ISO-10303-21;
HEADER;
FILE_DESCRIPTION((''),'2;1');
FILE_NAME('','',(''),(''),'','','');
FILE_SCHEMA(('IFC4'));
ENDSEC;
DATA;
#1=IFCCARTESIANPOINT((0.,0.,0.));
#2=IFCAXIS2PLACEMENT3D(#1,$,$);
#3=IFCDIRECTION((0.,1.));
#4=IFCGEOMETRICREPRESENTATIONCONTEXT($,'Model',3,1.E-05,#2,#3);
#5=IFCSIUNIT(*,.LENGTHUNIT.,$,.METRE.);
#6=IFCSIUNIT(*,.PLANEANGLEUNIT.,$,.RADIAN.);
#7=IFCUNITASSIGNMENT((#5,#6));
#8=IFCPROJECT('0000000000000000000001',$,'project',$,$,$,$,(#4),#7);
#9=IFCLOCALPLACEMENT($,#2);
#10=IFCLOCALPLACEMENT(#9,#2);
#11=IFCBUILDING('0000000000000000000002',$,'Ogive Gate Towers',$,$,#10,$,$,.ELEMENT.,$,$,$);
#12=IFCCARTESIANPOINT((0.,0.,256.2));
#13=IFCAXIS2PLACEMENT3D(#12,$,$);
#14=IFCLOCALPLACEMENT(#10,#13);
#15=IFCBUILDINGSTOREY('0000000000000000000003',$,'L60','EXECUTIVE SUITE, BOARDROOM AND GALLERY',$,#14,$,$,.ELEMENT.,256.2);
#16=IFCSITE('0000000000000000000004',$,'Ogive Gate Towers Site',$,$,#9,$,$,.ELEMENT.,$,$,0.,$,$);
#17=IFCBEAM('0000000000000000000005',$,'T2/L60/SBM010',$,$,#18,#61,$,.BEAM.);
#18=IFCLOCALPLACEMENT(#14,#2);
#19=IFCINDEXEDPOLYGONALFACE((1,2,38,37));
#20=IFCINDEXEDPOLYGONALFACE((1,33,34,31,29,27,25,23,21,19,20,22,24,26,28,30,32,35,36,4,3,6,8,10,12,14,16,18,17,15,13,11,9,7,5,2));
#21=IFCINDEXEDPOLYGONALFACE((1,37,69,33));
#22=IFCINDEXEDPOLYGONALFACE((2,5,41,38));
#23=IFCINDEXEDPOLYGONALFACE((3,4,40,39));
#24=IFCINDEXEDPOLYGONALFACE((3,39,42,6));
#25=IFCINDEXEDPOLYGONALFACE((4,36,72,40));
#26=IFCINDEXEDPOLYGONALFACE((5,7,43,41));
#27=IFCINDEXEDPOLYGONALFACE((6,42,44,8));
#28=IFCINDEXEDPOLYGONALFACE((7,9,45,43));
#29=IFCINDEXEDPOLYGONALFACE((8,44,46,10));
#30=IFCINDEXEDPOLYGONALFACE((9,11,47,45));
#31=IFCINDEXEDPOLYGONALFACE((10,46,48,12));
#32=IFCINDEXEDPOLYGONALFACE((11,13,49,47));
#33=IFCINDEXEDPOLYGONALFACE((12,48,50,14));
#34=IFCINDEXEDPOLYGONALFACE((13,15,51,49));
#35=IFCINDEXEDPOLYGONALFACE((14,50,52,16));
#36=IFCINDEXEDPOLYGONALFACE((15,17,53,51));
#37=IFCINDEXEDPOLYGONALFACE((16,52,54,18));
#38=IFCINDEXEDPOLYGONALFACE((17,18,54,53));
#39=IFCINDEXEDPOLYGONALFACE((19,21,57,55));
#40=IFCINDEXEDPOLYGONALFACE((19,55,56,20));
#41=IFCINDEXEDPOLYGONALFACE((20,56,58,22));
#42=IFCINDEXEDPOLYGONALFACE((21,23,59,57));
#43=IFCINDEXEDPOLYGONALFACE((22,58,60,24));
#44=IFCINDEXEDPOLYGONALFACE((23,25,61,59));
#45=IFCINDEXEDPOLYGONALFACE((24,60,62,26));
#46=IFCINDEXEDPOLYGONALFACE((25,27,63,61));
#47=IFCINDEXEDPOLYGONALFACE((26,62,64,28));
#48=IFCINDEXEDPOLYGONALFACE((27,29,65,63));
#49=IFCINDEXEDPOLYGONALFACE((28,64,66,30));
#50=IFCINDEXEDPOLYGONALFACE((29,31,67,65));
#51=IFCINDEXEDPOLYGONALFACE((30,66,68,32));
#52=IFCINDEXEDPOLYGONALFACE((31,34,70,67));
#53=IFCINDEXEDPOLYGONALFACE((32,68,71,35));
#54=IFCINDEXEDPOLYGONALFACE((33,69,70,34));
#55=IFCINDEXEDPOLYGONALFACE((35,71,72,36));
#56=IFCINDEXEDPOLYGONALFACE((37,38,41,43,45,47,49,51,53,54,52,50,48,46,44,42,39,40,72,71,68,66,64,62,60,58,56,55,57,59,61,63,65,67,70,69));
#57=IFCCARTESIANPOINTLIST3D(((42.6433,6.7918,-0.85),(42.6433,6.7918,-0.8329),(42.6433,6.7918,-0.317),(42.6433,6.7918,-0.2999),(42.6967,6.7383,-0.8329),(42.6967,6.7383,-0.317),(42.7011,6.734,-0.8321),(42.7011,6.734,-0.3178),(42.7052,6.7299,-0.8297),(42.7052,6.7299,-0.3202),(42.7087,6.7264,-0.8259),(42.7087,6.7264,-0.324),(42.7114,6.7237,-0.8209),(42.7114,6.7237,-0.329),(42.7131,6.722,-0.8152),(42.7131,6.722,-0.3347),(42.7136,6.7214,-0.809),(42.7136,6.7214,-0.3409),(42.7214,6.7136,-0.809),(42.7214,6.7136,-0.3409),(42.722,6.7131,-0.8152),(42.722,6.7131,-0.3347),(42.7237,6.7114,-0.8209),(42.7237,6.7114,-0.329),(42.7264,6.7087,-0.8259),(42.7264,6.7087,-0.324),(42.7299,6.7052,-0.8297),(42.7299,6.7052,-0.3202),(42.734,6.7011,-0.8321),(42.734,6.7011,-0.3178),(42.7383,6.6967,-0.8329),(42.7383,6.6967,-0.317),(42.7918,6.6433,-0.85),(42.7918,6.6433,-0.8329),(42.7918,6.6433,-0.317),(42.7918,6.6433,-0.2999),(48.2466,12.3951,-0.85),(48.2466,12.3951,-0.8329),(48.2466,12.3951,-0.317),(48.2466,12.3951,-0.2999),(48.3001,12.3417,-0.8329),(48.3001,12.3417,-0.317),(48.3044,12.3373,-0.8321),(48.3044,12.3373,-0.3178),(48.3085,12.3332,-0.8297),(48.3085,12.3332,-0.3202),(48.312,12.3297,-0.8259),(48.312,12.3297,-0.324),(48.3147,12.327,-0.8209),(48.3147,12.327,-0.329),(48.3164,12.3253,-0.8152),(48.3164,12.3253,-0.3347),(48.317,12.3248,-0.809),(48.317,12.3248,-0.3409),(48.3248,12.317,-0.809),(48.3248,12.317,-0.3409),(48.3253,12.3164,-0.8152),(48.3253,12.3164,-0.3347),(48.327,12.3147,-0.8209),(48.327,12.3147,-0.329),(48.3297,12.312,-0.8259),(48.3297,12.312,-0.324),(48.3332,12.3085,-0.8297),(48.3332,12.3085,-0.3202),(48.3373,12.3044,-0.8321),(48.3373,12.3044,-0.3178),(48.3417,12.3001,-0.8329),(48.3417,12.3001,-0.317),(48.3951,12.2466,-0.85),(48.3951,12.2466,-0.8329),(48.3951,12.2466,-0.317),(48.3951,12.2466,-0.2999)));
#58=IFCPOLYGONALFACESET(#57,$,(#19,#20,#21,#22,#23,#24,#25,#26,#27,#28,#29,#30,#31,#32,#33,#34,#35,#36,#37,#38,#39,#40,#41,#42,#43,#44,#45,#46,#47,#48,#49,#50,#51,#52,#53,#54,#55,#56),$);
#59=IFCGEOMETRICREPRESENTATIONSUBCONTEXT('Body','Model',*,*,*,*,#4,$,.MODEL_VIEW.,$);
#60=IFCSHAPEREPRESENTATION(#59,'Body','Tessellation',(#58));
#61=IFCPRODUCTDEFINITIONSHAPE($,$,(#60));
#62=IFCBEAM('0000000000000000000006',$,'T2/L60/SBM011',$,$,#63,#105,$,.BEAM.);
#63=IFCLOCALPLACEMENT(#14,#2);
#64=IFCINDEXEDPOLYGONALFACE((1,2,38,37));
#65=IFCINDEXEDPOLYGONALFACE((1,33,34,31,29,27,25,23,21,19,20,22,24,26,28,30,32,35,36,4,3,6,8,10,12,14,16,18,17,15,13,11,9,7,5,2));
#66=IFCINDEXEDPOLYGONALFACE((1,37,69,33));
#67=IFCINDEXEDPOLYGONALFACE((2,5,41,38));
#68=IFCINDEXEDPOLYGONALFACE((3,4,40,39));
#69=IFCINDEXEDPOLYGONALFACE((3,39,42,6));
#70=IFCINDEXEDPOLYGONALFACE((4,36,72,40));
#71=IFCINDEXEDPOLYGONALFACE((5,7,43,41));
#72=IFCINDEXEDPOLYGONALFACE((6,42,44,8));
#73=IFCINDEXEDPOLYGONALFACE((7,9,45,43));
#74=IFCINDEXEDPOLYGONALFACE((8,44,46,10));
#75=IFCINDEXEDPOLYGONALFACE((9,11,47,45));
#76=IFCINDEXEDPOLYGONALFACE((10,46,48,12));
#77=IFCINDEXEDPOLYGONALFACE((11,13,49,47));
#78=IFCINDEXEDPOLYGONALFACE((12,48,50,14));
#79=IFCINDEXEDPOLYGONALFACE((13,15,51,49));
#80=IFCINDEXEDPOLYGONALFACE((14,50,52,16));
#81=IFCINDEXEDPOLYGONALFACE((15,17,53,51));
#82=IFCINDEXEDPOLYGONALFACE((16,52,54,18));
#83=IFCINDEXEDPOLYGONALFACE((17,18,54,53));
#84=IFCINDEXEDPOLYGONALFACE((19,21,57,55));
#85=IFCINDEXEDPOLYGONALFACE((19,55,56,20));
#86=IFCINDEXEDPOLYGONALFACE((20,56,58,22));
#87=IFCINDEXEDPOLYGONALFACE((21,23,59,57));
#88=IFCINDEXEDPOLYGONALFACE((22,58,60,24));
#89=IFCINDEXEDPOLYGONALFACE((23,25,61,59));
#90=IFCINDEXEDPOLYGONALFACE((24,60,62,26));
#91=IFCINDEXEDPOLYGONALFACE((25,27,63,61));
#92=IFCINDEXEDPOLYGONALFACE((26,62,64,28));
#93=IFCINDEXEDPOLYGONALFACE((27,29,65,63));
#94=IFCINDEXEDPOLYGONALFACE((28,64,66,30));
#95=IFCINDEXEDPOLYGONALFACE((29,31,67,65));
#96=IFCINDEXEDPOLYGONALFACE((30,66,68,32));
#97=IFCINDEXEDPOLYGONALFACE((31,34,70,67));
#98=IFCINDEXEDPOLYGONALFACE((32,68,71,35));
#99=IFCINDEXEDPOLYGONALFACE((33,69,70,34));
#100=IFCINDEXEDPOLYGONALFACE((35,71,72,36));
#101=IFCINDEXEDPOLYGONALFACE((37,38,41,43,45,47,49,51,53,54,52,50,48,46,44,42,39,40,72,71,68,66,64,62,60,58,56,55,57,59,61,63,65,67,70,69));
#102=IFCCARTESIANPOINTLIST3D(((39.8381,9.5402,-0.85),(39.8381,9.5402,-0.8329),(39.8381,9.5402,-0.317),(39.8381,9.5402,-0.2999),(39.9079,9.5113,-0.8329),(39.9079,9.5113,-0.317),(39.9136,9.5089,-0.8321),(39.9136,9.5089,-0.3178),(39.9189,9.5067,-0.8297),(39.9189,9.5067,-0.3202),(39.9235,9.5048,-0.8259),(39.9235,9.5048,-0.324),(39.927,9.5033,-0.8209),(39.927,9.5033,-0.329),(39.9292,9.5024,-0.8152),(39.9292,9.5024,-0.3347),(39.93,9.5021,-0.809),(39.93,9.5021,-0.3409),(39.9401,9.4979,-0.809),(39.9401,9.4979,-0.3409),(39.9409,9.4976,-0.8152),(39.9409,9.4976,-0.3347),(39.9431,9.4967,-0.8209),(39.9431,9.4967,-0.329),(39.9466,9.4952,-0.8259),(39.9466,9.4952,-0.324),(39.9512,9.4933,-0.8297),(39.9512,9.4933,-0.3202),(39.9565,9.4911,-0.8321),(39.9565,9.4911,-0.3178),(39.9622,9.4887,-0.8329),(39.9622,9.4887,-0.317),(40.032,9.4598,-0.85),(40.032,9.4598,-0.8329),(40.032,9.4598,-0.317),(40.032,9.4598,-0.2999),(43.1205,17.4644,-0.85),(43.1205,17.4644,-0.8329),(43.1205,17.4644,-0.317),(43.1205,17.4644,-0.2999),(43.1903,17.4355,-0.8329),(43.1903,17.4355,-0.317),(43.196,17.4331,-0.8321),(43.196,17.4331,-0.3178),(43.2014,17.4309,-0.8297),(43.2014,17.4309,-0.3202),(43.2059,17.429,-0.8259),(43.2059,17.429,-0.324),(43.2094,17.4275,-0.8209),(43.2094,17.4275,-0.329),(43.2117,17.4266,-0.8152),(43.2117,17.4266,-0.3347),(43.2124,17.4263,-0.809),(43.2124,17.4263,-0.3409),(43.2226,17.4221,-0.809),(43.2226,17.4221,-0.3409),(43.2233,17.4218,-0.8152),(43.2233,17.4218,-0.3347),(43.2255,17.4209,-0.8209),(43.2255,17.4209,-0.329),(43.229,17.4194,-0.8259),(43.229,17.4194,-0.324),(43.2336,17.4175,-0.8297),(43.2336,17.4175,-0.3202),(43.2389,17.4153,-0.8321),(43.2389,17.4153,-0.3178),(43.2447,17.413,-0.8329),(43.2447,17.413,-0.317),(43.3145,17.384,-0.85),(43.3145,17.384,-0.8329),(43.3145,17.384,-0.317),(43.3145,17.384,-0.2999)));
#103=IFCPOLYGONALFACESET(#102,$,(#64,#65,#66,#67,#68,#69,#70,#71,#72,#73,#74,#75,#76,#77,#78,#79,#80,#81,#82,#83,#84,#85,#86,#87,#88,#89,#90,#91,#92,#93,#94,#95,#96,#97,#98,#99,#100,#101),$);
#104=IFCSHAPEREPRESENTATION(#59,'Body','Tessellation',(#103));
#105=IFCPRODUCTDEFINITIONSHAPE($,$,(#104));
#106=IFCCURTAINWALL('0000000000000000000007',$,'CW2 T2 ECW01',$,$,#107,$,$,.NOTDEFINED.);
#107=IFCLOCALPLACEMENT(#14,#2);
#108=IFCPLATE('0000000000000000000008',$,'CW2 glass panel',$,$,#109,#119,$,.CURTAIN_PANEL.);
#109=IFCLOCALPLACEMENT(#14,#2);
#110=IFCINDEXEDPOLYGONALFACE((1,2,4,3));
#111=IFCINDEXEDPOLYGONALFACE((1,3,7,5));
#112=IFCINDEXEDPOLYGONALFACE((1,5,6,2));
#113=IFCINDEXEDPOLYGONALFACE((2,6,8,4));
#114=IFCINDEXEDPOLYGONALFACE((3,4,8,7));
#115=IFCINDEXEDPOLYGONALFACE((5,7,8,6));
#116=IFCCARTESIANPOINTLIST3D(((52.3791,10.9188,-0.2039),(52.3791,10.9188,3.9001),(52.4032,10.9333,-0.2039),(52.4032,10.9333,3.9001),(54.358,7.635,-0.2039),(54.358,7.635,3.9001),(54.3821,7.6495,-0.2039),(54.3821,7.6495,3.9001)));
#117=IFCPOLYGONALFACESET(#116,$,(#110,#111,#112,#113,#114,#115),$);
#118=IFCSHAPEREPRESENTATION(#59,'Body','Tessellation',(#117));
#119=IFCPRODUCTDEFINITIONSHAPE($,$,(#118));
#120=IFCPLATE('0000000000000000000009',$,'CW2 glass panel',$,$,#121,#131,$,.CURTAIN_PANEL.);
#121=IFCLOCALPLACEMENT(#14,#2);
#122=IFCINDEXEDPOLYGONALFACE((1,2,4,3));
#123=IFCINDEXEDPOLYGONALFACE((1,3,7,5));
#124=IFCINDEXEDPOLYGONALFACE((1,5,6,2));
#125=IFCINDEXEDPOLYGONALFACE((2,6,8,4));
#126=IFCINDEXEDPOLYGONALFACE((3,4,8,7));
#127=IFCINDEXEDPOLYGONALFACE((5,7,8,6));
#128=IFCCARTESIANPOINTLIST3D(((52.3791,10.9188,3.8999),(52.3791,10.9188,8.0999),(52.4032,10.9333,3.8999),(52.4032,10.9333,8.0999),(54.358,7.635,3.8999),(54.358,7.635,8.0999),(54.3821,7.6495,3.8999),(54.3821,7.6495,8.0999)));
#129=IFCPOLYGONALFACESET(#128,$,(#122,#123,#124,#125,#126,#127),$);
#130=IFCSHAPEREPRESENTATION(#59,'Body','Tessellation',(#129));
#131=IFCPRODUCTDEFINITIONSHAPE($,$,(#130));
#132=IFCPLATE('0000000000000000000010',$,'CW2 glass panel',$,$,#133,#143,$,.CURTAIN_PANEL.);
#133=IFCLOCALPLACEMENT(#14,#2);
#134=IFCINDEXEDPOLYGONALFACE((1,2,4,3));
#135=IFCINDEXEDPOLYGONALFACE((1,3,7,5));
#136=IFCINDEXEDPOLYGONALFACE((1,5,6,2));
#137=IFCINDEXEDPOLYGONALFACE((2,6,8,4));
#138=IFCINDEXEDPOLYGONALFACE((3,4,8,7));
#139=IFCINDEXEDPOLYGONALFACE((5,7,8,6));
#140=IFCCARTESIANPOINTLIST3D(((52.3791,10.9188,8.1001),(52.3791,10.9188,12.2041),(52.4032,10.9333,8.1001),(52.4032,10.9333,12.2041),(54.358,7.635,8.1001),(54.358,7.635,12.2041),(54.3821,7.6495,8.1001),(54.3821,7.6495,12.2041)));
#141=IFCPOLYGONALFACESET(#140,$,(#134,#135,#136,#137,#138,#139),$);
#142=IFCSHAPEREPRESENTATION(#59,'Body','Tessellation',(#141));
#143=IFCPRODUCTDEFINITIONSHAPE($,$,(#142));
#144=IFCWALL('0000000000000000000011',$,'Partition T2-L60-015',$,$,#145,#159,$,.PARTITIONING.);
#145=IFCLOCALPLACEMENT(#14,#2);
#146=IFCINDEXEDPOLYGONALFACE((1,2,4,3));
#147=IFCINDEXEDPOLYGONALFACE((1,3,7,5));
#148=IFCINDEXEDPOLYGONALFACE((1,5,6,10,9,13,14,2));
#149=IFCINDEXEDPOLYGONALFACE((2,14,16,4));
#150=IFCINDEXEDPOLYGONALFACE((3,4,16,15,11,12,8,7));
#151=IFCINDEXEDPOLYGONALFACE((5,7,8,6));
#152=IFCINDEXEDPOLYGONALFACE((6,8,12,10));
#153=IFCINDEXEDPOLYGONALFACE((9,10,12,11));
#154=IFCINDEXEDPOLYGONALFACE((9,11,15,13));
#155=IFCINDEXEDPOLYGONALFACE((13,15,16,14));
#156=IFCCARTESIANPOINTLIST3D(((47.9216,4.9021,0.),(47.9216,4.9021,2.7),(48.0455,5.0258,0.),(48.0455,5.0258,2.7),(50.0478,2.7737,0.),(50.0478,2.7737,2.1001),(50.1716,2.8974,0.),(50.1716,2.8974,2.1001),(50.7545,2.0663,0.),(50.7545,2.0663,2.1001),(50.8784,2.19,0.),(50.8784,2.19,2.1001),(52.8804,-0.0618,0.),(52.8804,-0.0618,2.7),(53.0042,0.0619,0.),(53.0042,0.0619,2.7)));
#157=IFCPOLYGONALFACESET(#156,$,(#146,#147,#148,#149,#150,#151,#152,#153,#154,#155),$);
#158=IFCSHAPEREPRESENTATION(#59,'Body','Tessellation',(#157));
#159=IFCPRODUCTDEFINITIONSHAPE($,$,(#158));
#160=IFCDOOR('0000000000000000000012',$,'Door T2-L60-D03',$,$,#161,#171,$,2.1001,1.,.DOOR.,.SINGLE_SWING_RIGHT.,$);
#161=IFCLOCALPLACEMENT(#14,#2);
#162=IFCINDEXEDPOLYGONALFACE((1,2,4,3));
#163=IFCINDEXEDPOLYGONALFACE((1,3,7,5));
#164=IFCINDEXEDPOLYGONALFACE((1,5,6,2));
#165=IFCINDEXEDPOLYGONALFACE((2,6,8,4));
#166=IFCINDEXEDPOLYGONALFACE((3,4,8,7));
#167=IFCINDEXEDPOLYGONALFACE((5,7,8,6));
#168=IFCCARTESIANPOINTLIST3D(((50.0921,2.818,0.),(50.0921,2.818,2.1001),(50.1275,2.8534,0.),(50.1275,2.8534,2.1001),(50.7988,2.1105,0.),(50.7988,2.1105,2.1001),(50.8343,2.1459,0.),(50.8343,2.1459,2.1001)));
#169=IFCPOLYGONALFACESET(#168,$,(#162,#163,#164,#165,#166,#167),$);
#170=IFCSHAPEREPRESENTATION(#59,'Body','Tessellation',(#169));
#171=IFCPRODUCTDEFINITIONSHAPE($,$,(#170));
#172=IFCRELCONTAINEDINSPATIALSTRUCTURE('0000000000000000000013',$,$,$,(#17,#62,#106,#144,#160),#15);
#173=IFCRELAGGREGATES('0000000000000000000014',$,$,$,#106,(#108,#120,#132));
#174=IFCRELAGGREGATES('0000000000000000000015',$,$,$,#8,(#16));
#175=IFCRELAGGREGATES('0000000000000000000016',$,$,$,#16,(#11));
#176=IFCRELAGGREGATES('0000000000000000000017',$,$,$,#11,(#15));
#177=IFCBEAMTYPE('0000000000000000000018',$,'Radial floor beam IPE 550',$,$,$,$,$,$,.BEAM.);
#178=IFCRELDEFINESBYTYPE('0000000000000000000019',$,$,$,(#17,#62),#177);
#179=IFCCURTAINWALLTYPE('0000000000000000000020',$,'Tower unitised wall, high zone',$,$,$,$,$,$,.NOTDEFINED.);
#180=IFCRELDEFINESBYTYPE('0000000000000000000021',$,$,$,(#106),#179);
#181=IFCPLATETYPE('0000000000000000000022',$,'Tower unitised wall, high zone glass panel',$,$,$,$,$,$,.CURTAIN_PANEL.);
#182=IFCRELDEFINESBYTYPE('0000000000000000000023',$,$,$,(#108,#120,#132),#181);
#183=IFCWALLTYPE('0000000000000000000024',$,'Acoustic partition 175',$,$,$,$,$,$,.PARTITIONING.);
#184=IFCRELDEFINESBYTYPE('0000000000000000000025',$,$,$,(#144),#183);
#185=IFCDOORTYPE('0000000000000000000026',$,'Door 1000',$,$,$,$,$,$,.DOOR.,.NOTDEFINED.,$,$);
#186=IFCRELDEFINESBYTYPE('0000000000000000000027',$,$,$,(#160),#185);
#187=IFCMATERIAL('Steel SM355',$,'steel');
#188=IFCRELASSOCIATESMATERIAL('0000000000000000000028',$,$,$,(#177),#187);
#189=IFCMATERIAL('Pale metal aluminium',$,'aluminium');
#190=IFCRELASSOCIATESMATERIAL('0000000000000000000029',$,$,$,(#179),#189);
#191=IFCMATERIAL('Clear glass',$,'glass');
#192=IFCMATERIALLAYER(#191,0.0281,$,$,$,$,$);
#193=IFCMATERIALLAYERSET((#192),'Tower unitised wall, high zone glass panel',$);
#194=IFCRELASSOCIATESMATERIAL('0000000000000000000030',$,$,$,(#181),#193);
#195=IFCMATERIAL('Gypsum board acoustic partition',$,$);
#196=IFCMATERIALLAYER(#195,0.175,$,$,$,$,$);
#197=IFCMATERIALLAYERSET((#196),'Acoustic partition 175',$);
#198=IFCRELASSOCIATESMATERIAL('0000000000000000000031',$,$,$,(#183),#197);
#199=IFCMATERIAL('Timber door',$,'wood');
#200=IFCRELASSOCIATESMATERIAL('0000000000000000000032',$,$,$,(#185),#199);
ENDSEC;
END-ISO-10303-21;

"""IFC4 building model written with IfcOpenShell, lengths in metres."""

from ifc_helpers import new_model, si_unit, direction, frame, frame_2d, origin, origin_2d, place, context, subcontext, project, spatial, rectangle, i_section, extrude, material, layer, layer_set, material_profile, profile_set, type_object, element, fill, aggregate, save


model = new_model("IFC4")

# Units and contexts
model_context = context("Model", 3, precision=1e-05, world=origin(), true_north=direction((0.0, 1.0)))
body_context = subcontext(model_context, "Body", "Model", "MODEL_VIEW")
ifc_project = project(units=[si_unit("LENGTHUNIT", "METRE"), si_unit("PLANEANGLEUNIT", "RADIAN")], contexts=[model_context])

# Site, building, storey
site_placement = place(None, origin())
site = spatial("IfcSite", under=ifc_project, at=site_placement, Name="Ogive Gate Towers Site", CompositionType="ELEMENT", RefElevation=0.0)
building_placement = place(site_placement, origin())
building = spatial("IfcBuilding", under=site, at=building_placement, Name="Ogive Gate Towers", CompositionType="ELEMENT")
storey_placement = place(building_placement, frame((0.0, 0.0, 256.2)))
storey = spatial("IfcBuildingStorey", under=building, at=storey_placement, Name="L60", Description="EXECUTIVE SUITE, BOARDROOM AND GALLERY", CompositionType="ELEMENT", Elevation=256.2)

# Beams
ifc_material_1 = material(Name="Steel SM355", Category="steel")
ifc_material_profile_1 = material_profile(ifc_material_1, i_section(OverallWidth=0.21, OverallDepth=0.55, WebThickness=0.011, FlangeThickness=0.0171, FilletRadius=0.0239, at=origin_2d()), Name="IPE 550")
ifc_profile_set_1 = profile_set([ifc_material_profile_1], Name="Steel SM355")
beam_type_1 = type_object("IfcBeamType", Name="Radial floor beam IPE 550", PredefinedType="BEAM", material=ifc_profile_set_1)
beam_1_placement = place(storey_placement, frame((42.7175, 6.7175, -0.575), z_axis=(0.707107, 0.707107, 0.0), x_axis=(-0.707107, 0.707107, 0.0)))
element("IfcBeam", 1, at=beam_1_placement, inside=storey, type_object=beam_type_1, Name="T2/L60/SBM010", PredefinedType="BEAM", context=body_context, shape_type="SweptSolid", body=[
    extrude(i_section(OverallWidth=0.21, OverallDepth=0.55, WebThickness=0.011, FlangeThickness=0.0171, FilletRadius=0.0239, at=origin_2d()), origin(), (0.0, 0.0, 1.0), 7.9243),
])
beam_2_placement = place(storey_placement, frame((39.9351, 9.5, -0.575), z_axis=(0.382695, 0.923875, 0.0), x_axis=(-0.923875, 0.382695, 0.0)))
element("IfcBeam", 2, at=beam_2_placement, inside=storey, type_object=beam_type_1, Name="T2/L60/SBM011", PredefinedType="BEAM", context=body_context, shape_type="SweptSolid", body=[
    extrude(i_section(OverallWidth=0.21, OverallDepth=0.55, WebThickness=0.011, FlangeThickness=0.0171, FilletRadius=0.0239, at=origin_2d()), origin(), (0.0, 0.0, 1.0), 8.5771),
])

# Curtain wall, plates
ifc_material_2 = material(Name="Pale metal aluminium", Category="aluminium")
curtain_wall_type = type_object("IfcCurtainWallType", Name="Tower unitised wall, high zone", PredefinedType="NOTDEFINED", material=ifc_material_2)
curtain_wall_placement = place(storey_placement, origin())
curtain_wall = element("IfcCurtainWall", 3, at=curtain_wall_placement, inside=storey, type_object=curtain_wall_type, Name="CW2 T2 ECW01", PredefinedType="NOTDEFINED")
ifc_material_3 = material(Name="Clear glass", Category="glass")
ifc_layer_1 = layer(ifc_material_3, 0.0281)
ifc_layer_set_1 = layer_set([ifc_layer_1], Name="Tower unitised wall, high zone glass panel")
plate_type = type_object("IfcPlateType", Name="Tower unitised wall, high zone glass panel", PredefinedType="CURTAIN_PANEL", material=ifc_layer_set_1)
plate_1_placement = place(storey_placement, frame((53.3806, 9.2842, -0.2039), z_axis=(0.0, 0.0, 1.0), x_axis=(-0.516145, 0.856501, 0.0)))
plate_1 = element("IfcPlate", 4, at=plate_1_placement, type_object=plate_type, Name="CW2 glass panel", PredefinedType="CURTAIN_PANEL", context=body_context, shape_type="SweptSolid", body=[
    extrude(rectangle(XDim=3.834, YDim=0.0281, at=origin_2d()), origin(), (0.0, 0.0, 1.0), 4.104),
])
plate_2_placement = place(storey_placement, frame((53.3806, 9.2842, 3.8999), z_axis=(0.0, 0.0, 1.0), x_axis=(-0.516145, 0.856501, 0.0)))
plate_2 = element("IfcPlate", 5, at=plate_2_placement, type_object=plate_type, Name="CW2 glass panel", PredefinedType="CURTAIN_PANEL", context=body_context, shape_type="SweptSolid", body=[
    extrude(rectangle(XDim=3.834, YDim=0.0281, at=origin_2d()), origin(), (0.0, 0.0, 1.0), 4.2),
])
plate_3_placement = place(storey_placement, frame((53.3806, 9.2842, 8.1001), z_axis=(0.0, 0.0, 1.0), x_axis=(-0.516145, 0.856501, 0.0)))
plate_3 = element("IfcPlate", 6, at=plate_3_placement, type_object=plate_type, Name="CW2 glass panel", PredefinedType="CURTAIN_PANEL", context=body_context, shape_type="SweptSolid", body=[
    extrude(rectangle(XDim=3.834, YDim=0.0281, at=origin_2d()), origin(), (0.0, 0.0, 1.0), 4.104),
])
aggregate(curtain_wall, [plate_1, plate_2, plate_3])

# Wall, opening, door
ifc_material_4 = material(Name="Gypsum board acoustic partition")
ifc_layer_2 = layer(ifc_material_4, 0.175)
ifc_layer_set_2 = layer_set([ifc_layer_2], Name="Acoustic partition 175")
wall_type_1 = type_object("IfcWallType", Name="Acoustic partition 175", PredefinedType="PARTITIONING", material=ifc_layer_set_2)
wall_1_placement = place(storey_placement, frame((52.9424, 0.0, 0.0), z_axis=(0.0, 0.0, 1.0), x_axis=(-0.706741, 0.707472, 0.0)))
wall_1 = element("IfcWall", 7, at=wall_1_placement, inside=storey, type_object=wall_type_1, Name="Partition T2-L60-015", PredefinedType="PARTITIONING", context=body_context, shape_type="SweptSolid", body=[
    extrude(rectangle(XDim=7.0164, YDim=0.175, at=frame_2d((3.5083, 0.0))), origin(), (0.0, 0.0, 1.0), 2.7),
])
opening_1_placement = place(wall_1_placement, frame((3.0081, 0.0, 0.0)))
opening_1 = element("IfcOpeningElement", 8, at=opening_1_placement, cuts=wall_1, PredefinedType="OPENING", context=body_context, shape_type="SweptSolid", body=[
    extrude(rectangle(XDim=1.0, YDim=2.1001, at=frame_2d((0.5, 1.05))), frame((0.0, 0.0977, 0.0), z_axis=(0.0, -1.0, 0.0), x_axis=(1.0, 0.0, 0.0)), (0.0, 0.0, 1.0), 0.1951),
])
ifc_material_5 = material(Name="Timber door", Category="wood")
door_type_1 = type_object("IfcDoorType", Name="Door 1000", OperationType="NOTDEFINED", PredefinedType="DOOR", material=ifc_material_5)
door_1_placement = place(opening_1_placement, origin())
door_1 = element("IfcDoor", 9, at=door_1_placement, inside=storey, type_object=door_type_1, Name="Door T2-L60-D03", OperationType="SINGLE_SWING_RIGHT", OverallHeight=2.1001, OverallWidth=1.0, PredefinedType="DOOR", context=body_context, shape_type="SweptSolid", body=[
    extrude(rectangle(XDim=1.0, YDim=2.1001, at=frame_2d((0.5, 1.05))), frame((0.0, 0.0249, 0.0), z_axis=(0.0, -1.0, 0.0), x_axis=(1.0, 0.0, 0.0)), (0.0, 0.0, 1.0), 0.05),
])
fill(opening_1, door_1)

save(model, "model.ifc")
